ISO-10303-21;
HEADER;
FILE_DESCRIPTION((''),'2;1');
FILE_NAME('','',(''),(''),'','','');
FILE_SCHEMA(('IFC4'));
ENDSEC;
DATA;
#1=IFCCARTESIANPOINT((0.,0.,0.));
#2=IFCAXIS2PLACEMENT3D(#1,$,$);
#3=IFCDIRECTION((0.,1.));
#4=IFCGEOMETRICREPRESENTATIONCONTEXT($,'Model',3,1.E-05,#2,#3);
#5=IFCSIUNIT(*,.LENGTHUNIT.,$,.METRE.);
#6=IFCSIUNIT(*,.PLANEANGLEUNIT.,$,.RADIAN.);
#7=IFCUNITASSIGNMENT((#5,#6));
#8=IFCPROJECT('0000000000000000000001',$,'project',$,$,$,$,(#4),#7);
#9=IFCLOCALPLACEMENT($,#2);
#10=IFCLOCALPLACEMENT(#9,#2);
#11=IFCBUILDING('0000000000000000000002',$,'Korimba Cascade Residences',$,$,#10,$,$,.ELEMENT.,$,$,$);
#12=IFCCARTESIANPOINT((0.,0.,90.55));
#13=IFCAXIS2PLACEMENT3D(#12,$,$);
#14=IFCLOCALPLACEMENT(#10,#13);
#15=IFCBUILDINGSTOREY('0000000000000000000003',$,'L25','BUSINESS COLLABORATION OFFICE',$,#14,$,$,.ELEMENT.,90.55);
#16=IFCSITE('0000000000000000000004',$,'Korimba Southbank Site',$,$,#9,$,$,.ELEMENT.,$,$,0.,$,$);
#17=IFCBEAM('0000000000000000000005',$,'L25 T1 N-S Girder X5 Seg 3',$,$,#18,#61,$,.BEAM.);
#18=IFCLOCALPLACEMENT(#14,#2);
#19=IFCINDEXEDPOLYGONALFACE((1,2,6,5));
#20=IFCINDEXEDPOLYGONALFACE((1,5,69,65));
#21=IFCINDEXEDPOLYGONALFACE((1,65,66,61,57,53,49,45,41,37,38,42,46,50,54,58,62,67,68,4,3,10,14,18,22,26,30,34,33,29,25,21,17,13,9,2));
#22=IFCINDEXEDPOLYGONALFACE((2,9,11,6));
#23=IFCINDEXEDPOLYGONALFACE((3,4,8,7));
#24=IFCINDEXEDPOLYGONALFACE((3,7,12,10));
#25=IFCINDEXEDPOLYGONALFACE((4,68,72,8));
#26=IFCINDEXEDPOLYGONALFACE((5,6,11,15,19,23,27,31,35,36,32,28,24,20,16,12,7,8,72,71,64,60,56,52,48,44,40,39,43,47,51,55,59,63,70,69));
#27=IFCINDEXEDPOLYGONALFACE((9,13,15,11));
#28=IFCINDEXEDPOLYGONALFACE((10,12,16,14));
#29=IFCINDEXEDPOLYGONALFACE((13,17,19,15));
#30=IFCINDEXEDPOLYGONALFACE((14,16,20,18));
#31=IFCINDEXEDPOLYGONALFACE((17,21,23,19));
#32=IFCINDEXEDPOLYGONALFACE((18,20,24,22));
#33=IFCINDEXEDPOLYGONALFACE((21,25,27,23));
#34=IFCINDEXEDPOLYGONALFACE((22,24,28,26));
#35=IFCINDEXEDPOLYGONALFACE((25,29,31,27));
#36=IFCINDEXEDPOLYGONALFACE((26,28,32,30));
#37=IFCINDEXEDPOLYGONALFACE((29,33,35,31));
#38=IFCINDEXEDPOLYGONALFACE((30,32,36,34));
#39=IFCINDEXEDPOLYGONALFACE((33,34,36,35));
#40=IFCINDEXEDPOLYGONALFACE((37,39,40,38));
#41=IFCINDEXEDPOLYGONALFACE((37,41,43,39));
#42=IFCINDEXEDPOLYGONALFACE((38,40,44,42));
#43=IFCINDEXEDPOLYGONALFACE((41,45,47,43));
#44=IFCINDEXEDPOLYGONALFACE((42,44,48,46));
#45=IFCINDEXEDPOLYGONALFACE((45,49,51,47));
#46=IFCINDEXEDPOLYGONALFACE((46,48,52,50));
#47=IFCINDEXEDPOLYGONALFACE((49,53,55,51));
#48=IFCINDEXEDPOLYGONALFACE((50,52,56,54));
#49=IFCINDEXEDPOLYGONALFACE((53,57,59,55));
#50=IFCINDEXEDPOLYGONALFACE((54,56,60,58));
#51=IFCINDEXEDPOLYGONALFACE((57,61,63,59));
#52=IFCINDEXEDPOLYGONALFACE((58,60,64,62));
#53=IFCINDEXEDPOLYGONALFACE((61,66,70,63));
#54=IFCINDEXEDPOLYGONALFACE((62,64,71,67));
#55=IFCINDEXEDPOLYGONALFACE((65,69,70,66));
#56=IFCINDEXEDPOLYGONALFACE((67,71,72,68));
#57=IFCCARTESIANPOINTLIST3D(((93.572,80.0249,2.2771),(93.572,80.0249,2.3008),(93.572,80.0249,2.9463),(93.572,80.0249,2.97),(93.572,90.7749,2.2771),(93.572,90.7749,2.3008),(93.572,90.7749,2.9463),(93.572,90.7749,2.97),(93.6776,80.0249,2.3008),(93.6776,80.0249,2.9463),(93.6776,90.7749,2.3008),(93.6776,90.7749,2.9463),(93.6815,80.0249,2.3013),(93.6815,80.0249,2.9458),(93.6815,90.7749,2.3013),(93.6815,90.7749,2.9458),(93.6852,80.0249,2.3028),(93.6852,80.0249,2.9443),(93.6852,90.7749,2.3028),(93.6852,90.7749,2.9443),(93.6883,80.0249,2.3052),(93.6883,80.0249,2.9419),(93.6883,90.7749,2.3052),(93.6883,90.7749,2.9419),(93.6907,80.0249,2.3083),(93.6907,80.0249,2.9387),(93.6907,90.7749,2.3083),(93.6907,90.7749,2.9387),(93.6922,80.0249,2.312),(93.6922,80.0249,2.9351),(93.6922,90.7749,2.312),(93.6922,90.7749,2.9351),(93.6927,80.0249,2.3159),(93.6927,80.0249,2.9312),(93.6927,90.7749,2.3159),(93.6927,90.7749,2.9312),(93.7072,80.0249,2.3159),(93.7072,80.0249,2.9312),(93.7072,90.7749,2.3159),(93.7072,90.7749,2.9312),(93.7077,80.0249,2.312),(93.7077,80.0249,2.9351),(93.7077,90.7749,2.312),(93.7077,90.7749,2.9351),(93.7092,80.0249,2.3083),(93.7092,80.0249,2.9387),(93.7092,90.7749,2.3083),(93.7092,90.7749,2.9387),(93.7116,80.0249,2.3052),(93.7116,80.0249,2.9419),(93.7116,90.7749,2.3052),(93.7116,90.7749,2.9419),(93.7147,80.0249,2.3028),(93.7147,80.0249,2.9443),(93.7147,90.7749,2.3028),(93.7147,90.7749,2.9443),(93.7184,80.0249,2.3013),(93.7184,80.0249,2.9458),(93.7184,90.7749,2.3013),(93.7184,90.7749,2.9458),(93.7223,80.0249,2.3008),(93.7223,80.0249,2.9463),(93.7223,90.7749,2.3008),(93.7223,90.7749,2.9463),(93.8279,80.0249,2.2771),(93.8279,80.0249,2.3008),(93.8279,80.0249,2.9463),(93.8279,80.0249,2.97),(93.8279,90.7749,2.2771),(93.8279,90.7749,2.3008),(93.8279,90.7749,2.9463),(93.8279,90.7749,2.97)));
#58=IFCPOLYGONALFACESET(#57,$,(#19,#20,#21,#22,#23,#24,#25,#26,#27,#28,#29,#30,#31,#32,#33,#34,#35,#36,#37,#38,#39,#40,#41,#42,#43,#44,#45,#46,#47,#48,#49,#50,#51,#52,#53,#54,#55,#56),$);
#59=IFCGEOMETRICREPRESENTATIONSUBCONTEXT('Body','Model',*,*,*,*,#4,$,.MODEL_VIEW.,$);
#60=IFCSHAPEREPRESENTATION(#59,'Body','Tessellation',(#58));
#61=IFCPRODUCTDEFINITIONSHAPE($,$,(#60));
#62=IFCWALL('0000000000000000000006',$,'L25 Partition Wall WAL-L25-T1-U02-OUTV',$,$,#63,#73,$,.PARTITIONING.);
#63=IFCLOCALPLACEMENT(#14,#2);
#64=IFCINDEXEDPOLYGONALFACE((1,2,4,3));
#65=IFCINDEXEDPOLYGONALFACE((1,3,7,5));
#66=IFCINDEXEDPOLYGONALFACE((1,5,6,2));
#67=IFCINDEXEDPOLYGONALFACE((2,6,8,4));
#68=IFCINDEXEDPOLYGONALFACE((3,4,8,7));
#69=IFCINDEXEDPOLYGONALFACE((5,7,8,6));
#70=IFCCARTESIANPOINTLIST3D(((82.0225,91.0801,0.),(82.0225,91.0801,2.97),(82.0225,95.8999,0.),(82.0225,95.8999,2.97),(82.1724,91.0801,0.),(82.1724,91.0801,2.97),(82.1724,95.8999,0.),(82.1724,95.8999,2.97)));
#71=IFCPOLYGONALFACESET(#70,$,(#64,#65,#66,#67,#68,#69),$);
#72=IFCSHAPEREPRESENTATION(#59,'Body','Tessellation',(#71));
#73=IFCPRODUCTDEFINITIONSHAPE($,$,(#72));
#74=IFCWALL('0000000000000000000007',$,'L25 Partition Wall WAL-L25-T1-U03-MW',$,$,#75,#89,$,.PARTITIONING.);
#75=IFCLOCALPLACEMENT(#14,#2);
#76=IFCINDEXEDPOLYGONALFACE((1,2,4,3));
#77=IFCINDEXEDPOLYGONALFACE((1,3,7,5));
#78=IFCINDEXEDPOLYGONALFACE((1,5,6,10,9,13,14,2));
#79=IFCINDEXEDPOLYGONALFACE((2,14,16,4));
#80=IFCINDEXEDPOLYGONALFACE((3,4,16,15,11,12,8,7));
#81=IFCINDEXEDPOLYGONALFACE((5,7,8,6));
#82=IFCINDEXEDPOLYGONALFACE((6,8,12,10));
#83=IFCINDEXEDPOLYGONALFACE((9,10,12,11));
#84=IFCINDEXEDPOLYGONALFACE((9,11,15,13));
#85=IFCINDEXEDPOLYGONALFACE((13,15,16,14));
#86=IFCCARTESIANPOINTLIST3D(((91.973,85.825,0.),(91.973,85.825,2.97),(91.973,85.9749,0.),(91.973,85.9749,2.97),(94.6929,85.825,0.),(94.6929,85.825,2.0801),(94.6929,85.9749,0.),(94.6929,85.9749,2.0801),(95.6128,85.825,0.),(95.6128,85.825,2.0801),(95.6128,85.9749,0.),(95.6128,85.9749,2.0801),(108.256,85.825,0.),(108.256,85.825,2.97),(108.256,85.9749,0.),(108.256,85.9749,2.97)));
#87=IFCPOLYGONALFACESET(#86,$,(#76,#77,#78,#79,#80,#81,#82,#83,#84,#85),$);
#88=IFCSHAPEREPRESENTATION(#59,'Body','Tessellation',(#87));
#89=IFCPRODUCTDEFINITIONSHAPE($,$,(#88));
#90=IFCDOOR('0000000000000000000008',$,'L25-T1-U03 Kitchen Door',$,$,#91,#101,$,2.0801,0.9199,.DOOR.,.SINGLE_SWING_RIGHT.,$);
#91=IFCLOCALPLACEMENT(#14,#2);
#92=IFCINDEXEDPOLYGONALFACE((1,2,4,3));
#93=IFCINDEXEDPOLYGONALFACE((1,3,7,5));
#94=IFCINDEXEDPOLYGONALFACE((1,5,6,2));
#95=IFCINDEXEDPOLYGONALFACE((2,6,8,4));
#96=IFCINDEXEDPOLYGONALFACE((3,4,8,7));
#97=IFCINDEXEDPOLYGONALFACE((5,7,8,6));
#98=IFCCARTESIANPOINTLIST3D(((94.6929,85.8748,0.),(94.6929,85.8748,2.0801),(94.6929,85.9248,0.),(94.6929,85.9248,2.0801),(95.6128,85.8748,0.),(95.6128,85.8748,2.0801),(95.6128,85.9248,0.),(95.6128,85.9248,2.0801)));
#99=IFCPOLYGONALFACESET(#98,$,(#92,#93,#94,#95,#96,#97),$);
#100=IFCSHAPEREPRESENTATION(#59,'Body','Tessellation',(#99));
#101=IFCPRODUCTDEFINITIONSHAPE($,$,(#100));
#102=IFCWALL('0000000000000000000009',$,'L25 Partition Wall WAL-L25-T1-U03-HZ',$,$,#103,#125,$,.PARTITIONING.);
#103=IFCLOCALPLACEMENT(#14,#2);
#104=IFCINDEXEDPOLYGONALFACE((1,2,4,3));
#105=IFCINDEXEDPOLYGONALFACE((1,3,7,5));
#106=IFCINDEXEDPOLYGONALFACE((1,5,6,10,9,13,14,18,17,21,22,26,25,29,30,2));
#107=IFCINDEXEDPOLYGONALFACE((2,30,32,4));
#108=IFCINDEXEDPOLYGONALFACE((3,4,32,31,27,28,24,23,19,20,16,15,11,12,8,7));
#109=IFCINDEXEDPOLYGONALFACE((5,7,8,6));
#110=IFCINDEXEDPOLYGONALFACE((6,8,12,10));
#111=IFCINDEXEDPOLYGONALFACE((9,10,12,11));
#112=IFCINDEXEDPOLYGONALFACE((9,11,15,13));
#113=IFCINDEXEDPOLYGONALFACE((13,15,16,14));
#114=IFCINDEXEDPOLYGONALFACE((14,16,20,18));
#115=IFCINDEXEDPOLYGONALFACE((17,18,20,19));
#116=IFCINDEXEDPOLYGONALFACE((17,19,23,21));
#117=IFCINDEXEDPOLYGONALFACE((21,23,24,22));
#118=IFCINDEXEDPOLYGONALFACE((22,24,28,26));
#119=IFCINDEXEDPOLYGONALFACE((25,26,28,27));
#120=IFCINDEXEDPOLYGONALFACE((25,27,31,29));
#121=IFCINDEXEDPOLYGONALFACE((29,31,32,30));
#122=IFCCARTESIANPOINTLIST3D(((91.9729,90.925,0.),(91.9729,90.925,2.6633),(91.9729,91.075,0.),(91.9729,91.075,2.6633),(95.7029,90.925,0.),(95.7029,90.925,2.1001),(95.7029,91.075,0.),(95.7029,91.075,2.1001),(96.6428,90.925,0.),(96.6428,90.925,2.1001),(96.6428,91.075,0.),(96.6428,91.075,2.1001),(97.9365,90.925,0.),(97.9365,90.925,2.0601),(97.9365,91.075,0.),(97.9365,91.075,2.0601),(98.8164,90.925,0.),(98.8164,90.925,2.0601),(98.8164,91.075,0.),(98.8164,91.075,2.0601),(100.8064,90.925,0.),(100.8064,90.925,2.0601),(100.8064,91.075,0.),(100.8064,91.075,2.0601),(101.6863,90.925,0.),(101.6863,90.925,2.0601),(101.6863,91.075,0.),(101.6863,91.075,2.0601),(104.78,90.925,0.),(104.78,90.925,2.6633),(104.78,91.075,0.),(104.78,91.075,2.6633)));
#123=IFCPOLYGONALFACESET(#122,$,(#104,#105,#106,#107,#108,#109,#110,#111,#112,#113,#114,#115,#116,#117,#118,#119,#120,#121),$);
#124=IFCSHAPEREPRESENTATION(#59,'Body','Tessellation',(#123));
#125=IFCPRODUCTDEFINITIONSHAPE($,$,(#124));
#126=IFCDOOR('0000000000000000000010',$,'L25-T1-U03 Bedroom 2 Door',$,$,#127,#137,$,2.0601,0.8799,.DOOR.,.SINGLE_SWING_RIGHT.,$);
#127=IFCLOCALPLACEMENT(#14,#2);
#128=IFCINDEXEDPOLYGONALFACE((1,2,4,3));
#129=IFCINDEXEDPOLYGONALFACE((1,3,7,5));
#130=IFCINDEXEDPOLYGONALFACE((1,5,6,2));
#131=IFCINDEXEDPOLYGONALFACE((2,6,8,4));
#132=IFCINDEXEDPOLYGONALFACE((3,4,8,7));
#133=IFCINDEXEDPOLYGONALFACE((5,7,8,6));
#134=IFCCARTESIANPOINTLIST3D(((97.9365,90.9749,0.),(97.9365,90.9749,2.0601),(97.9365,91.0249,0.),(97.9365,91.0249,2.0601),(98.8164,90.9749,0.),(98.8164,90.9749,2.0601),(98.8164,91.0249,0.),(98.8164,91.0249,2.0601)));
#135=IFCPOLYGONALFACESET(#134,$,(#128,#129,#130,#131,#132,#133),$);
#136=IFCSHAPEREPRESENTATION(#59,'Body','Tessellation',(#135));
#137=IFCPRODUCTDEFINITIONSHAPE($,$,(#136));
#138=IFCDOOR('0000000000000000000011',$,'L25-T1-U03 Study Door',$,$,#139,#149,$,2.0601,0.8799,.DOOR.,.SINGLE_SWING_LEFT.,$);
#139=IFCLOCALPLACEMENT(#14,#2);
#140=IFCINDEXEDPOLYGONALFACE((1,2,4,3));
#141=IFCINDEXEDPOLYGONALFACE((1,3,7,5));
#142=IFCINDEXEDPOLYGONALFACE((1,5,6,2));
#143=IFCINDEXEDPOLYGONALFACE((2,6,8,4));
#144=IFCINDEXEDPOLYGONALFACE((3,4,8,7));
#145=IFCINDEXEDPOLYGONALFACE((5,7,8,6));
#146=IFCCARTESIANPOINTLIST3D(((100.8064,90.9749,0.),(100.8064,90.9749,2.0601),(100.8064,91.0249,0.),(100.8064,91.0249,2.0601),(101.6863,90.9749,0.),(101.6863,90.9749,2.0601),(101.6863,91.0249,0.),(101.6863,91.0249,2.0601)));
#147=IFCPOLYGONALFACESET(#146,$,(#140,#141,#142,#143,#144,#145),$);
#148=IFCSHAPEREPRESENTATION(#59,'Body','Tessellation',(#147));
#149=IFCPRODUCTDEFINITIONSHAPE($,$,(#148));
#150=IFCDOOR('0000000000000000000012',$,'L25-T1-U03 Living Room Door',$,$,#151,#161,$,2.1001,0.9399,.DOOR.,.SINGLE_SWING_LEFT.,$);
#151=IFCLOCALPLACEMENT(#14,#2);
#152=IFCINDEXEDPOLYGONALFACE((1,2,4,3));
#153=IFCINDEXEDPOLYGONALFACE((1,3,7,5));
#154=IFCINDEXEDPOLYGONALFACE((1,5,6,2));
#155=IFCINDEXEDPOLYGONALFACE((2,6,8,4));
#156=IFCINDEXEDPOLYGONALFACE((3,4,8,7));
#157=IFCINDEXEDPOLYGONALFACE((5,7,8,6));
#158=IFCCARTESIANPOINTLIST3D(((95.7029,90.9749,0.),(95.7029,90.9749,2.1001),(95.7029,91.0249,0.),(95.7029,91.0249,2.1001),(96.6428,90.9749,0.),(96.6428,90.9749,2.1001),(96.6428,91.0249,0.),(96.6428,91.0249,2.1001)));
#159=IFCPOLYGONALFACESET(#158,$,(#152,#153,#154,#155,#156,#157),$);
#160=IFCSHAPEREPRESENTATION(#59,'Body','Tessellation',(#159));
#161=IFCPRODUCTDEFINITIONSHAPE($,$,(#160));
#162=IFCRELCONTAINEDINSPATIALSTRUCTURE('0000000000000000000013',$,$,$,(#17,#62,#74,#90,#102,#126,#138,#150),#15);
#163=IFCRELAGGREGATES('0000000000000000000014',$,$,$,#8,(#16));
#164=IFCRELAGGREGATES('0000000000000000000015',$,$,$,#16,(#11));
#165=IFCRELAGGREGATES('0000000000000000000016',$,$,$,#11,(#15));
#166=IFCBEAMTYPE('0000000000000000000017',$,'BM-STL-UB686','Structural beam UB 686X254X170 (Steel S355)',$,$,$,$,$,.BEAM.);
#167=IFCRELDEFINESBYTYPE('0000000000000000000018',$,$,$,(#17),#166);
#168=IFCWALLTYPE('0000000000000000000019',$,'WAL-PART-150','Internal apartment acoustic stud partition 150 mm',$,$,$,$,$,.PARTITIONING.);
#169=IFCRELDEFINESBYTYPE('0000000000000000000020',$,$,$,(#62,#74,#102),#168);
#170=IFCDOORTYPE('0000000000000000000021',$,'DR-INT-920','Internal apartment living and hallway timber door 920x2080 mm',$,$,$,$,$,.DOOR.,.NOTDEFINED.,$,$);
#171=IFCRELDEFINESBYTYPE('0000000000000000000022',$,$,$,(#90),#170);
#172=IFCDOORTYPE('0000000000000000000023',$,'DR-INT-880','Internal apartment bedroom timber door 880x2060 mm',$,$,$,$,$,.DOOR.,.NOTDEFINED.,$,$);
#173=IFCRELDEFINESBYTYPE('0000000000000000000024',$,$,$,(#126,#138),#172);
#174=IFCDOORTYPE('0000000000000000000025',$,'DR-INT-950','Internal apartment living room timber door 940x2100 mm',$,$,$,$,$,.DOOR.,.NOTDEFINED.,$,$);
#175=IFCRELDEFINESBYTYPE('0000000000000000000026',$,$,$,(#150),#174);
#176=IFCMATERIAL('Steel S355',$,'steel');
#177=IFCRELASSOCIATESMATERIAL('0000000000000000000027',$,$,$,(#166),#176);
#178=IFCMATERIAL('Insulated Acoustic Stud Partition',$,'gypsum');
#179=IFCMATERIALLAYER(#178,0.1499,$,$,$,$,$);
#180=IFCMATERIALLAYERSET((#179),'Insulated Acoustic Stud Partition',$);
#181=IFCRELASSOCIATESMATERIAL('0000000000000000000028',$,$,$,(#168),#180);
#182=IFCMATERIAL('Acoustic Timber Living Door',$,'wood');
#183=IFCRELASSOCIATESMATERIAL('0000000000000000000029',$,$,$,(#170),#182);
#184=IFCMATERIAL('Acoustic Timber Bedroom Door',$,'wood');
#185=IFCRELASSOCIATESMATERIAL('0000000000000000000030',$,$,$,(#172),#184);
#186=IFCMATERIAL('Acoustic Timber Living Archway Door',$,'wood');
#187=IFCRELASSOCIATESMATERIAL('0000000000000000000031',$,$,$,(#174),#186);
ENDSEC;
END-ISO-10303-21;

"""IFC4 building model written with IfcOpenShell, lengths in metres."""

from ifc_helpers import new_model, si_unit, direction, frame, frame_2d, origin, origin_2d, place, context, subcontext, project, spatial, rectangle, i_section, extrude, material, layer, layer_set, material_profile, profile_set, type_object, element, fill, save


model = new_model("IFC4")

# Units and contexts
model_context = context("Model", 3, precision=1e-05, world=origin(), true_north=direction((0.0, 1.0)))
body_context = subcontext(model_context, "Body", "Model", "MODEL_VIEW")
ifc_project = project(units=[si_unit("LENGTHUNIT", "METRE"), si_unit("PLANEANGLEUNIT", "RADIAN")], contexts=[model_context])

# Site, building, storey
site_placement = place(None, origin())
site = spatial("IfcSite", under=ifc_project, at=site_placement, Name="Korimba Southbank Site", CompositionType="ELEMENT", RefElevation=0.0)
building_placement = place(site_placement, origin())
building = spatial("IfcBuilding", under=site, at=building_placement, Name="Korimba Cascade Residences", CompositionType="ELEMENT")
storey_placement = place(building_placement, frame((0.0, 0.0, 90.55)))
storey = spatial("IfcBuildingStorey", under=building, at=storey_placement, Name="L25", Description="BUSINESS COLLABORATION OFFICE", CompositionType="ELEMENT", Elevation=90.55)

# Beam
ifc_material_1 = material(Name="Steel S355", Category="steel")
ifc_material_profile_1 = material_profile(ifc_material_1, i_section(OverallWidth=0.2559, OverallDepth=0.6929, WebThickness=0.0144, FlangeThickness=0.0237, FilletRadius=0.0151, at=origin_2d()), Name="Steel S355")
ifc_profile_set_1 = profile_set([ifc_material_profile_1], Name="Steel S355")
beam_type_1 = type_object("IfcBeamType", Name="BM-STL-UB686", Description="Structural beam UB 686X254X170 (Steel S355)", PredefinedType="BEAM", material=ifc_profile_set_1)
beam_1_placement = place(storey_placement, frame((93.7, 80.0249, 2.6235), z_axis=(0.0, 1.0, 0.0), x_axis=(-1.0, 0.0, 0.0)))
element("IfcBeam", 1, at=beam_1_placement, inside=storey, type_object=beam_type_1, Name="L25 T1 N-S Girder X5 Seg 3", PredefinedType="BEAM", context=body_context, shape_type="SweptSolid", body=[
    extrude(i_section(OverallWidth=0.2559, OverallDepth=0.6929, WebThickness=0.0144, FlangeThickness=0.0237, FilletRadius=0.0151, at=origin_2d()), origin(), (0.0, 0.0, 1.0), 10.75),
])

# Wall
ifc_material_2 = material(Name="Insulated Acoustic Stud Partition", Category="gypsum")
ifc_layer = layer(ifc_material_2, 0.1499)
ifc_layer_set = layer_set([ifc_layer], Name="Insulated Acoustic Stud Partition")
wall_type = type_object("IfcWallType", Name="WAL-PART-150", Description="Internal apartment acoustic stud partition 150 mm", PredefinedType="PARTITIONING", material=ifc_layer_set)
wall_1_placement = place(storey_placement, frame((82.0974, 91.0801, 0.0), z_axis=(0.0, 0.0, 1.0), x_axis=(0.0, 1.0, 0.0)))
element("IfcWall", 2, at=wall_1_placement, inside=storey, type_object=wall_type, Name="L25 Partition Wall WAL-L25-T1-U02-OUTV", PredefinedType="PARTITIONING", context=body_context, shape_type="SweptSolid", body=[
    extrude(rectangle(XDim=4.8198, YDim=0.1499, at=frame_2d((2.4099, 0.0))), origin(), (0.0, 0.0, 1.0), 2.97),
])

# Wall, opening, door
wall_2_placement = place(storey_placement, frame((91.9729, 85.8999, 0.0), z_axis=(0.0, 0.0, 1.0), x_axis=(1.0, 0.0, 0.0)))
wall_2 = element("IfcWall", 3, at=wall_2_placement, inside=storey, type_object=wall_type, Name="L25 Partition Wall WAL-L25-T1-U03-MW", PredefinedType="PARTITIONING", context=body_context, shape_type="SweptSolid", body=[
    extrude(rectangle(XDim=16.283, YDim=0.1499, at=frame_2d((8.1416, 0.0))), origin(), (0.0, 0.0, 1.0), 2.97),
])
opening_1_placement = place(wall_2_placement, frame((2.72, 0.0, 0.0)))
opening_1 = element("IfcOpeningElement", 4, at=opening_1_placement, cuts=wall_2, PredefinedType="OPENING", context=body_context, shape_type="SweptSolid", body=[
    extrude(rectangle(XDim=0.9199, YDim=2.0801, at=frame_2d((0.46, 1.04))), frame((0.0, 0.085, 0.0), z_axis=(0.0, -1.0, 0.0), x_axis=(1.0, 0.0, 0.0)), (0.0, 0.0, 1.0), 0.1699),
])
ifc_material_3 = material(Name="Acoustic Timber Living Door", Category="wood")
door_type_1 = type_object("IfcDoorType", Name="DR-INT-920", Description="Internal apartment living and hallway timber door 920x2080 mm", OperationType="NOTDEFINED", PredefinedType="DOOR", material=ifc_material_3)
door_1_placement = place(opening_1_placement, origin())
door_1 = element("IfcDoor", 5, at=door_1_placement, inside=storey, type_object=door_type_1, Name="L25-T1-U03 Kitchen Door", OperationType="SINGLE_SWING_RIGHT", OverallHeight=2.0801, OverallWidth=0.9199, PredefinedType="DOOR", context=body_context, shape_type="SweptSolid", body=[
    extrude(rectangle(XDim=0.9199, YDim=2.0801, at=frame_2d((0.46, 1.04))), frame((0.0, 0.0249, 0.0), z_axis=(0.0, -1.0, 0.0), x_axis=(1.0, 0.0, 0.0)), (0.0, 0.0, 1.0), 0.05),
])
fill(opening_1, door_1)

# Wall, openings, doors
wall_3_placement = place(storey_placement, frame((91.9729, 91.0, 0.0), z_axis=(0.0, 0.0, 1.0), x_axis=(1.0, 0.0, 0.0)))
wall_3 = element("IfcWall", 6, at=wall_3_placement, inside=storey, type_object=wall_type, Name="L25 Partition Wall WAL-L25-T1-U03-HZ", PredefinedType="PARTITIONING", context=body_context, shape_type="SweptSolid", body=[
    extrude(rectangle(XDim=12.8071, YDim=0.1499, at=frame_2d((6.4036, 0.0))), origin(), (0.0, 0.0, 1.0), 2.6633),
])
opening_2_placement = place(wall_3_placement, frame((3.73, 0.0, 0.0)))
opening_2 = element("IfcOpeningElement", 7, at=opening_2_placement, cuts=wall_3, PredefinedType="OPENING", context=body_context, shape_type="SweptSolid", body=[
    extrude(rectangle(XDim=0.9399, YDim=2.1001, at=frame_2d((0.47, 1.05))), frame((0.0, 0.085, 0.0), z_axis=(0.0, -1.0, 0.0), x_axis=(1.0, 0.0, 0.0)), (0.0, 0.0, 1.0), 0.1699),
])
opening_3_placement = place(wall_3_placement, frame((5.9636, 0.0, 0.0)))
opening_3 = element("IfcOpeningElement", 8, at=opening_3_placement, cuts=wall_3, PredefinedType="OPENING", context=body_context, shape_type="SweptSolid", body=[
    extrude(rectangle(XDim=0.8799, YDim=2.0601, at=frame_2d((0.4399, 1.03))), frame((0.0, 0.085, 0.0), z_axis=(0.0, -1.0, 0.0), x_axis=(1.0, 0.0, 0.0)), (0.0, 0.0, 1.0), 0.1699),
])
opening_4_placement = place(wall_3_placement, frame((8.8335, 0.0, 0.0)))
opening_4 = element("IfcOpeningElement", 9, at=opening_4_placement, cuts=wall_3, PredefinedType="OPENING", context=body_context, shape_type="SweptSolid", body=[
    extrude(rectangle(XDim=0.8799, YDim=2.0601, at=frame_2d((0.4399, 1.03))), frame((0.0, 0.085, 0.0), z_axis=(0.0, -1.0, 0.0), x_axis=(1.0, 0.0, 0.0)), (0.0, 0.0, 1.0), 0.1699),
])
ifc_material_4 = material(Name="Acoustic Timber Bedroom Door", Category="wood")
door_type_2 = type_object("IfcDoorType", Name="DR-INT-880", Description="Internal apartment bedroom timber door 880x2060 mm", OperationType="NOTDEFINED", PredefinedType="DOOR", material=ifc_material_4)
door_2_placement = place(opening_3_placement, origin())
door_2 = element("IfcDoor", 10, at=door_2_placement, inside=storey, type_object=door_type_2, Name="L25-T1-U03 Bedroom 2 Door", OperationType="SINGLE_SWING_RIGHT", OverallHeight=2.0601, OverallWidth=0.8799, PredefinedType="DOOR", context=body_context, shape_type="SweptSolid", body=[
    extrude(rectangle(XDim=0.8799, YDim=2.0601, at=frame_2d((0.4399, 1.03))), frame((0.0, 0.0249, 0.0), z_axis=(0.0, -1.0, 0.0), x_axis=(1.0, 0.0, 0.0)), (0.0, 0.0, 1.0), 0.05),
])
fill(opening_3, door_2)
door_3_placement = place(opening_4_placement, origin())
door_3 = element("IfcDoor", 11, at=door_3_placement, inside=storey, type_object=door_type_2, Name="L25-T1-U03 Study Door", OperationType="SINGLE_SWING_LEFT", OverallHeight=2.0601, OverallWidth=0.8799, PredefinedType="DOOR", context=body_context, shape_type="SweptSolid", body=[
    extrude(rectangle(XDim=0.8799, YDim=2.0601, at=frame_2d((0.4399, 1.03))), frame((0.0, 0.0249, 0.0), z_axis=(0.0, -1.0, 0.0), x_axis=(1.0, 0.0, 0.0)), (0.0, 0.0, 1.0), 0.05),
])
fill(opening_4, door_3)
ifc_material_5 = material(Name="Acoustic Timber Living Archway Door", Category="wood")
door_type_3 = type_object("IfcDoorType", Name="DR-INT-950", Description="Internal apartment living room timber door 940x2100 mm", OperationType="NOTDEFINED", PredefinedType="DOOR", material=ifc_material_5)
door_4_placement = place(opening_2_placement, origin())
door_4 = element("IfcDoor", 12, at=door_4_placement, inside=storey, type_object=door_type_3, Name="L25-T1-U03 Living Room Door", OperationType="SINGLE_SWING_LEFT", OverallHeight=2.1001, OverallWidth=0.9399, PredefinedType="DOOR", context=body_context, shape_type="SweptSolid", body=[
    extrude(rectangle(XDim=0.9399, YDim=2.1001, at=frame_2d((0.47, 1.05))), frame((0.0, 0.0249, 0.0), z_axis=(0.0, -1.0, 0.0), x_axis=(1.0, 0.0, 0.0)), (0.0, 0.0, 1.0), 0.05),
])
fill(opening_2, door_4)

save(model, "model.ifc")
